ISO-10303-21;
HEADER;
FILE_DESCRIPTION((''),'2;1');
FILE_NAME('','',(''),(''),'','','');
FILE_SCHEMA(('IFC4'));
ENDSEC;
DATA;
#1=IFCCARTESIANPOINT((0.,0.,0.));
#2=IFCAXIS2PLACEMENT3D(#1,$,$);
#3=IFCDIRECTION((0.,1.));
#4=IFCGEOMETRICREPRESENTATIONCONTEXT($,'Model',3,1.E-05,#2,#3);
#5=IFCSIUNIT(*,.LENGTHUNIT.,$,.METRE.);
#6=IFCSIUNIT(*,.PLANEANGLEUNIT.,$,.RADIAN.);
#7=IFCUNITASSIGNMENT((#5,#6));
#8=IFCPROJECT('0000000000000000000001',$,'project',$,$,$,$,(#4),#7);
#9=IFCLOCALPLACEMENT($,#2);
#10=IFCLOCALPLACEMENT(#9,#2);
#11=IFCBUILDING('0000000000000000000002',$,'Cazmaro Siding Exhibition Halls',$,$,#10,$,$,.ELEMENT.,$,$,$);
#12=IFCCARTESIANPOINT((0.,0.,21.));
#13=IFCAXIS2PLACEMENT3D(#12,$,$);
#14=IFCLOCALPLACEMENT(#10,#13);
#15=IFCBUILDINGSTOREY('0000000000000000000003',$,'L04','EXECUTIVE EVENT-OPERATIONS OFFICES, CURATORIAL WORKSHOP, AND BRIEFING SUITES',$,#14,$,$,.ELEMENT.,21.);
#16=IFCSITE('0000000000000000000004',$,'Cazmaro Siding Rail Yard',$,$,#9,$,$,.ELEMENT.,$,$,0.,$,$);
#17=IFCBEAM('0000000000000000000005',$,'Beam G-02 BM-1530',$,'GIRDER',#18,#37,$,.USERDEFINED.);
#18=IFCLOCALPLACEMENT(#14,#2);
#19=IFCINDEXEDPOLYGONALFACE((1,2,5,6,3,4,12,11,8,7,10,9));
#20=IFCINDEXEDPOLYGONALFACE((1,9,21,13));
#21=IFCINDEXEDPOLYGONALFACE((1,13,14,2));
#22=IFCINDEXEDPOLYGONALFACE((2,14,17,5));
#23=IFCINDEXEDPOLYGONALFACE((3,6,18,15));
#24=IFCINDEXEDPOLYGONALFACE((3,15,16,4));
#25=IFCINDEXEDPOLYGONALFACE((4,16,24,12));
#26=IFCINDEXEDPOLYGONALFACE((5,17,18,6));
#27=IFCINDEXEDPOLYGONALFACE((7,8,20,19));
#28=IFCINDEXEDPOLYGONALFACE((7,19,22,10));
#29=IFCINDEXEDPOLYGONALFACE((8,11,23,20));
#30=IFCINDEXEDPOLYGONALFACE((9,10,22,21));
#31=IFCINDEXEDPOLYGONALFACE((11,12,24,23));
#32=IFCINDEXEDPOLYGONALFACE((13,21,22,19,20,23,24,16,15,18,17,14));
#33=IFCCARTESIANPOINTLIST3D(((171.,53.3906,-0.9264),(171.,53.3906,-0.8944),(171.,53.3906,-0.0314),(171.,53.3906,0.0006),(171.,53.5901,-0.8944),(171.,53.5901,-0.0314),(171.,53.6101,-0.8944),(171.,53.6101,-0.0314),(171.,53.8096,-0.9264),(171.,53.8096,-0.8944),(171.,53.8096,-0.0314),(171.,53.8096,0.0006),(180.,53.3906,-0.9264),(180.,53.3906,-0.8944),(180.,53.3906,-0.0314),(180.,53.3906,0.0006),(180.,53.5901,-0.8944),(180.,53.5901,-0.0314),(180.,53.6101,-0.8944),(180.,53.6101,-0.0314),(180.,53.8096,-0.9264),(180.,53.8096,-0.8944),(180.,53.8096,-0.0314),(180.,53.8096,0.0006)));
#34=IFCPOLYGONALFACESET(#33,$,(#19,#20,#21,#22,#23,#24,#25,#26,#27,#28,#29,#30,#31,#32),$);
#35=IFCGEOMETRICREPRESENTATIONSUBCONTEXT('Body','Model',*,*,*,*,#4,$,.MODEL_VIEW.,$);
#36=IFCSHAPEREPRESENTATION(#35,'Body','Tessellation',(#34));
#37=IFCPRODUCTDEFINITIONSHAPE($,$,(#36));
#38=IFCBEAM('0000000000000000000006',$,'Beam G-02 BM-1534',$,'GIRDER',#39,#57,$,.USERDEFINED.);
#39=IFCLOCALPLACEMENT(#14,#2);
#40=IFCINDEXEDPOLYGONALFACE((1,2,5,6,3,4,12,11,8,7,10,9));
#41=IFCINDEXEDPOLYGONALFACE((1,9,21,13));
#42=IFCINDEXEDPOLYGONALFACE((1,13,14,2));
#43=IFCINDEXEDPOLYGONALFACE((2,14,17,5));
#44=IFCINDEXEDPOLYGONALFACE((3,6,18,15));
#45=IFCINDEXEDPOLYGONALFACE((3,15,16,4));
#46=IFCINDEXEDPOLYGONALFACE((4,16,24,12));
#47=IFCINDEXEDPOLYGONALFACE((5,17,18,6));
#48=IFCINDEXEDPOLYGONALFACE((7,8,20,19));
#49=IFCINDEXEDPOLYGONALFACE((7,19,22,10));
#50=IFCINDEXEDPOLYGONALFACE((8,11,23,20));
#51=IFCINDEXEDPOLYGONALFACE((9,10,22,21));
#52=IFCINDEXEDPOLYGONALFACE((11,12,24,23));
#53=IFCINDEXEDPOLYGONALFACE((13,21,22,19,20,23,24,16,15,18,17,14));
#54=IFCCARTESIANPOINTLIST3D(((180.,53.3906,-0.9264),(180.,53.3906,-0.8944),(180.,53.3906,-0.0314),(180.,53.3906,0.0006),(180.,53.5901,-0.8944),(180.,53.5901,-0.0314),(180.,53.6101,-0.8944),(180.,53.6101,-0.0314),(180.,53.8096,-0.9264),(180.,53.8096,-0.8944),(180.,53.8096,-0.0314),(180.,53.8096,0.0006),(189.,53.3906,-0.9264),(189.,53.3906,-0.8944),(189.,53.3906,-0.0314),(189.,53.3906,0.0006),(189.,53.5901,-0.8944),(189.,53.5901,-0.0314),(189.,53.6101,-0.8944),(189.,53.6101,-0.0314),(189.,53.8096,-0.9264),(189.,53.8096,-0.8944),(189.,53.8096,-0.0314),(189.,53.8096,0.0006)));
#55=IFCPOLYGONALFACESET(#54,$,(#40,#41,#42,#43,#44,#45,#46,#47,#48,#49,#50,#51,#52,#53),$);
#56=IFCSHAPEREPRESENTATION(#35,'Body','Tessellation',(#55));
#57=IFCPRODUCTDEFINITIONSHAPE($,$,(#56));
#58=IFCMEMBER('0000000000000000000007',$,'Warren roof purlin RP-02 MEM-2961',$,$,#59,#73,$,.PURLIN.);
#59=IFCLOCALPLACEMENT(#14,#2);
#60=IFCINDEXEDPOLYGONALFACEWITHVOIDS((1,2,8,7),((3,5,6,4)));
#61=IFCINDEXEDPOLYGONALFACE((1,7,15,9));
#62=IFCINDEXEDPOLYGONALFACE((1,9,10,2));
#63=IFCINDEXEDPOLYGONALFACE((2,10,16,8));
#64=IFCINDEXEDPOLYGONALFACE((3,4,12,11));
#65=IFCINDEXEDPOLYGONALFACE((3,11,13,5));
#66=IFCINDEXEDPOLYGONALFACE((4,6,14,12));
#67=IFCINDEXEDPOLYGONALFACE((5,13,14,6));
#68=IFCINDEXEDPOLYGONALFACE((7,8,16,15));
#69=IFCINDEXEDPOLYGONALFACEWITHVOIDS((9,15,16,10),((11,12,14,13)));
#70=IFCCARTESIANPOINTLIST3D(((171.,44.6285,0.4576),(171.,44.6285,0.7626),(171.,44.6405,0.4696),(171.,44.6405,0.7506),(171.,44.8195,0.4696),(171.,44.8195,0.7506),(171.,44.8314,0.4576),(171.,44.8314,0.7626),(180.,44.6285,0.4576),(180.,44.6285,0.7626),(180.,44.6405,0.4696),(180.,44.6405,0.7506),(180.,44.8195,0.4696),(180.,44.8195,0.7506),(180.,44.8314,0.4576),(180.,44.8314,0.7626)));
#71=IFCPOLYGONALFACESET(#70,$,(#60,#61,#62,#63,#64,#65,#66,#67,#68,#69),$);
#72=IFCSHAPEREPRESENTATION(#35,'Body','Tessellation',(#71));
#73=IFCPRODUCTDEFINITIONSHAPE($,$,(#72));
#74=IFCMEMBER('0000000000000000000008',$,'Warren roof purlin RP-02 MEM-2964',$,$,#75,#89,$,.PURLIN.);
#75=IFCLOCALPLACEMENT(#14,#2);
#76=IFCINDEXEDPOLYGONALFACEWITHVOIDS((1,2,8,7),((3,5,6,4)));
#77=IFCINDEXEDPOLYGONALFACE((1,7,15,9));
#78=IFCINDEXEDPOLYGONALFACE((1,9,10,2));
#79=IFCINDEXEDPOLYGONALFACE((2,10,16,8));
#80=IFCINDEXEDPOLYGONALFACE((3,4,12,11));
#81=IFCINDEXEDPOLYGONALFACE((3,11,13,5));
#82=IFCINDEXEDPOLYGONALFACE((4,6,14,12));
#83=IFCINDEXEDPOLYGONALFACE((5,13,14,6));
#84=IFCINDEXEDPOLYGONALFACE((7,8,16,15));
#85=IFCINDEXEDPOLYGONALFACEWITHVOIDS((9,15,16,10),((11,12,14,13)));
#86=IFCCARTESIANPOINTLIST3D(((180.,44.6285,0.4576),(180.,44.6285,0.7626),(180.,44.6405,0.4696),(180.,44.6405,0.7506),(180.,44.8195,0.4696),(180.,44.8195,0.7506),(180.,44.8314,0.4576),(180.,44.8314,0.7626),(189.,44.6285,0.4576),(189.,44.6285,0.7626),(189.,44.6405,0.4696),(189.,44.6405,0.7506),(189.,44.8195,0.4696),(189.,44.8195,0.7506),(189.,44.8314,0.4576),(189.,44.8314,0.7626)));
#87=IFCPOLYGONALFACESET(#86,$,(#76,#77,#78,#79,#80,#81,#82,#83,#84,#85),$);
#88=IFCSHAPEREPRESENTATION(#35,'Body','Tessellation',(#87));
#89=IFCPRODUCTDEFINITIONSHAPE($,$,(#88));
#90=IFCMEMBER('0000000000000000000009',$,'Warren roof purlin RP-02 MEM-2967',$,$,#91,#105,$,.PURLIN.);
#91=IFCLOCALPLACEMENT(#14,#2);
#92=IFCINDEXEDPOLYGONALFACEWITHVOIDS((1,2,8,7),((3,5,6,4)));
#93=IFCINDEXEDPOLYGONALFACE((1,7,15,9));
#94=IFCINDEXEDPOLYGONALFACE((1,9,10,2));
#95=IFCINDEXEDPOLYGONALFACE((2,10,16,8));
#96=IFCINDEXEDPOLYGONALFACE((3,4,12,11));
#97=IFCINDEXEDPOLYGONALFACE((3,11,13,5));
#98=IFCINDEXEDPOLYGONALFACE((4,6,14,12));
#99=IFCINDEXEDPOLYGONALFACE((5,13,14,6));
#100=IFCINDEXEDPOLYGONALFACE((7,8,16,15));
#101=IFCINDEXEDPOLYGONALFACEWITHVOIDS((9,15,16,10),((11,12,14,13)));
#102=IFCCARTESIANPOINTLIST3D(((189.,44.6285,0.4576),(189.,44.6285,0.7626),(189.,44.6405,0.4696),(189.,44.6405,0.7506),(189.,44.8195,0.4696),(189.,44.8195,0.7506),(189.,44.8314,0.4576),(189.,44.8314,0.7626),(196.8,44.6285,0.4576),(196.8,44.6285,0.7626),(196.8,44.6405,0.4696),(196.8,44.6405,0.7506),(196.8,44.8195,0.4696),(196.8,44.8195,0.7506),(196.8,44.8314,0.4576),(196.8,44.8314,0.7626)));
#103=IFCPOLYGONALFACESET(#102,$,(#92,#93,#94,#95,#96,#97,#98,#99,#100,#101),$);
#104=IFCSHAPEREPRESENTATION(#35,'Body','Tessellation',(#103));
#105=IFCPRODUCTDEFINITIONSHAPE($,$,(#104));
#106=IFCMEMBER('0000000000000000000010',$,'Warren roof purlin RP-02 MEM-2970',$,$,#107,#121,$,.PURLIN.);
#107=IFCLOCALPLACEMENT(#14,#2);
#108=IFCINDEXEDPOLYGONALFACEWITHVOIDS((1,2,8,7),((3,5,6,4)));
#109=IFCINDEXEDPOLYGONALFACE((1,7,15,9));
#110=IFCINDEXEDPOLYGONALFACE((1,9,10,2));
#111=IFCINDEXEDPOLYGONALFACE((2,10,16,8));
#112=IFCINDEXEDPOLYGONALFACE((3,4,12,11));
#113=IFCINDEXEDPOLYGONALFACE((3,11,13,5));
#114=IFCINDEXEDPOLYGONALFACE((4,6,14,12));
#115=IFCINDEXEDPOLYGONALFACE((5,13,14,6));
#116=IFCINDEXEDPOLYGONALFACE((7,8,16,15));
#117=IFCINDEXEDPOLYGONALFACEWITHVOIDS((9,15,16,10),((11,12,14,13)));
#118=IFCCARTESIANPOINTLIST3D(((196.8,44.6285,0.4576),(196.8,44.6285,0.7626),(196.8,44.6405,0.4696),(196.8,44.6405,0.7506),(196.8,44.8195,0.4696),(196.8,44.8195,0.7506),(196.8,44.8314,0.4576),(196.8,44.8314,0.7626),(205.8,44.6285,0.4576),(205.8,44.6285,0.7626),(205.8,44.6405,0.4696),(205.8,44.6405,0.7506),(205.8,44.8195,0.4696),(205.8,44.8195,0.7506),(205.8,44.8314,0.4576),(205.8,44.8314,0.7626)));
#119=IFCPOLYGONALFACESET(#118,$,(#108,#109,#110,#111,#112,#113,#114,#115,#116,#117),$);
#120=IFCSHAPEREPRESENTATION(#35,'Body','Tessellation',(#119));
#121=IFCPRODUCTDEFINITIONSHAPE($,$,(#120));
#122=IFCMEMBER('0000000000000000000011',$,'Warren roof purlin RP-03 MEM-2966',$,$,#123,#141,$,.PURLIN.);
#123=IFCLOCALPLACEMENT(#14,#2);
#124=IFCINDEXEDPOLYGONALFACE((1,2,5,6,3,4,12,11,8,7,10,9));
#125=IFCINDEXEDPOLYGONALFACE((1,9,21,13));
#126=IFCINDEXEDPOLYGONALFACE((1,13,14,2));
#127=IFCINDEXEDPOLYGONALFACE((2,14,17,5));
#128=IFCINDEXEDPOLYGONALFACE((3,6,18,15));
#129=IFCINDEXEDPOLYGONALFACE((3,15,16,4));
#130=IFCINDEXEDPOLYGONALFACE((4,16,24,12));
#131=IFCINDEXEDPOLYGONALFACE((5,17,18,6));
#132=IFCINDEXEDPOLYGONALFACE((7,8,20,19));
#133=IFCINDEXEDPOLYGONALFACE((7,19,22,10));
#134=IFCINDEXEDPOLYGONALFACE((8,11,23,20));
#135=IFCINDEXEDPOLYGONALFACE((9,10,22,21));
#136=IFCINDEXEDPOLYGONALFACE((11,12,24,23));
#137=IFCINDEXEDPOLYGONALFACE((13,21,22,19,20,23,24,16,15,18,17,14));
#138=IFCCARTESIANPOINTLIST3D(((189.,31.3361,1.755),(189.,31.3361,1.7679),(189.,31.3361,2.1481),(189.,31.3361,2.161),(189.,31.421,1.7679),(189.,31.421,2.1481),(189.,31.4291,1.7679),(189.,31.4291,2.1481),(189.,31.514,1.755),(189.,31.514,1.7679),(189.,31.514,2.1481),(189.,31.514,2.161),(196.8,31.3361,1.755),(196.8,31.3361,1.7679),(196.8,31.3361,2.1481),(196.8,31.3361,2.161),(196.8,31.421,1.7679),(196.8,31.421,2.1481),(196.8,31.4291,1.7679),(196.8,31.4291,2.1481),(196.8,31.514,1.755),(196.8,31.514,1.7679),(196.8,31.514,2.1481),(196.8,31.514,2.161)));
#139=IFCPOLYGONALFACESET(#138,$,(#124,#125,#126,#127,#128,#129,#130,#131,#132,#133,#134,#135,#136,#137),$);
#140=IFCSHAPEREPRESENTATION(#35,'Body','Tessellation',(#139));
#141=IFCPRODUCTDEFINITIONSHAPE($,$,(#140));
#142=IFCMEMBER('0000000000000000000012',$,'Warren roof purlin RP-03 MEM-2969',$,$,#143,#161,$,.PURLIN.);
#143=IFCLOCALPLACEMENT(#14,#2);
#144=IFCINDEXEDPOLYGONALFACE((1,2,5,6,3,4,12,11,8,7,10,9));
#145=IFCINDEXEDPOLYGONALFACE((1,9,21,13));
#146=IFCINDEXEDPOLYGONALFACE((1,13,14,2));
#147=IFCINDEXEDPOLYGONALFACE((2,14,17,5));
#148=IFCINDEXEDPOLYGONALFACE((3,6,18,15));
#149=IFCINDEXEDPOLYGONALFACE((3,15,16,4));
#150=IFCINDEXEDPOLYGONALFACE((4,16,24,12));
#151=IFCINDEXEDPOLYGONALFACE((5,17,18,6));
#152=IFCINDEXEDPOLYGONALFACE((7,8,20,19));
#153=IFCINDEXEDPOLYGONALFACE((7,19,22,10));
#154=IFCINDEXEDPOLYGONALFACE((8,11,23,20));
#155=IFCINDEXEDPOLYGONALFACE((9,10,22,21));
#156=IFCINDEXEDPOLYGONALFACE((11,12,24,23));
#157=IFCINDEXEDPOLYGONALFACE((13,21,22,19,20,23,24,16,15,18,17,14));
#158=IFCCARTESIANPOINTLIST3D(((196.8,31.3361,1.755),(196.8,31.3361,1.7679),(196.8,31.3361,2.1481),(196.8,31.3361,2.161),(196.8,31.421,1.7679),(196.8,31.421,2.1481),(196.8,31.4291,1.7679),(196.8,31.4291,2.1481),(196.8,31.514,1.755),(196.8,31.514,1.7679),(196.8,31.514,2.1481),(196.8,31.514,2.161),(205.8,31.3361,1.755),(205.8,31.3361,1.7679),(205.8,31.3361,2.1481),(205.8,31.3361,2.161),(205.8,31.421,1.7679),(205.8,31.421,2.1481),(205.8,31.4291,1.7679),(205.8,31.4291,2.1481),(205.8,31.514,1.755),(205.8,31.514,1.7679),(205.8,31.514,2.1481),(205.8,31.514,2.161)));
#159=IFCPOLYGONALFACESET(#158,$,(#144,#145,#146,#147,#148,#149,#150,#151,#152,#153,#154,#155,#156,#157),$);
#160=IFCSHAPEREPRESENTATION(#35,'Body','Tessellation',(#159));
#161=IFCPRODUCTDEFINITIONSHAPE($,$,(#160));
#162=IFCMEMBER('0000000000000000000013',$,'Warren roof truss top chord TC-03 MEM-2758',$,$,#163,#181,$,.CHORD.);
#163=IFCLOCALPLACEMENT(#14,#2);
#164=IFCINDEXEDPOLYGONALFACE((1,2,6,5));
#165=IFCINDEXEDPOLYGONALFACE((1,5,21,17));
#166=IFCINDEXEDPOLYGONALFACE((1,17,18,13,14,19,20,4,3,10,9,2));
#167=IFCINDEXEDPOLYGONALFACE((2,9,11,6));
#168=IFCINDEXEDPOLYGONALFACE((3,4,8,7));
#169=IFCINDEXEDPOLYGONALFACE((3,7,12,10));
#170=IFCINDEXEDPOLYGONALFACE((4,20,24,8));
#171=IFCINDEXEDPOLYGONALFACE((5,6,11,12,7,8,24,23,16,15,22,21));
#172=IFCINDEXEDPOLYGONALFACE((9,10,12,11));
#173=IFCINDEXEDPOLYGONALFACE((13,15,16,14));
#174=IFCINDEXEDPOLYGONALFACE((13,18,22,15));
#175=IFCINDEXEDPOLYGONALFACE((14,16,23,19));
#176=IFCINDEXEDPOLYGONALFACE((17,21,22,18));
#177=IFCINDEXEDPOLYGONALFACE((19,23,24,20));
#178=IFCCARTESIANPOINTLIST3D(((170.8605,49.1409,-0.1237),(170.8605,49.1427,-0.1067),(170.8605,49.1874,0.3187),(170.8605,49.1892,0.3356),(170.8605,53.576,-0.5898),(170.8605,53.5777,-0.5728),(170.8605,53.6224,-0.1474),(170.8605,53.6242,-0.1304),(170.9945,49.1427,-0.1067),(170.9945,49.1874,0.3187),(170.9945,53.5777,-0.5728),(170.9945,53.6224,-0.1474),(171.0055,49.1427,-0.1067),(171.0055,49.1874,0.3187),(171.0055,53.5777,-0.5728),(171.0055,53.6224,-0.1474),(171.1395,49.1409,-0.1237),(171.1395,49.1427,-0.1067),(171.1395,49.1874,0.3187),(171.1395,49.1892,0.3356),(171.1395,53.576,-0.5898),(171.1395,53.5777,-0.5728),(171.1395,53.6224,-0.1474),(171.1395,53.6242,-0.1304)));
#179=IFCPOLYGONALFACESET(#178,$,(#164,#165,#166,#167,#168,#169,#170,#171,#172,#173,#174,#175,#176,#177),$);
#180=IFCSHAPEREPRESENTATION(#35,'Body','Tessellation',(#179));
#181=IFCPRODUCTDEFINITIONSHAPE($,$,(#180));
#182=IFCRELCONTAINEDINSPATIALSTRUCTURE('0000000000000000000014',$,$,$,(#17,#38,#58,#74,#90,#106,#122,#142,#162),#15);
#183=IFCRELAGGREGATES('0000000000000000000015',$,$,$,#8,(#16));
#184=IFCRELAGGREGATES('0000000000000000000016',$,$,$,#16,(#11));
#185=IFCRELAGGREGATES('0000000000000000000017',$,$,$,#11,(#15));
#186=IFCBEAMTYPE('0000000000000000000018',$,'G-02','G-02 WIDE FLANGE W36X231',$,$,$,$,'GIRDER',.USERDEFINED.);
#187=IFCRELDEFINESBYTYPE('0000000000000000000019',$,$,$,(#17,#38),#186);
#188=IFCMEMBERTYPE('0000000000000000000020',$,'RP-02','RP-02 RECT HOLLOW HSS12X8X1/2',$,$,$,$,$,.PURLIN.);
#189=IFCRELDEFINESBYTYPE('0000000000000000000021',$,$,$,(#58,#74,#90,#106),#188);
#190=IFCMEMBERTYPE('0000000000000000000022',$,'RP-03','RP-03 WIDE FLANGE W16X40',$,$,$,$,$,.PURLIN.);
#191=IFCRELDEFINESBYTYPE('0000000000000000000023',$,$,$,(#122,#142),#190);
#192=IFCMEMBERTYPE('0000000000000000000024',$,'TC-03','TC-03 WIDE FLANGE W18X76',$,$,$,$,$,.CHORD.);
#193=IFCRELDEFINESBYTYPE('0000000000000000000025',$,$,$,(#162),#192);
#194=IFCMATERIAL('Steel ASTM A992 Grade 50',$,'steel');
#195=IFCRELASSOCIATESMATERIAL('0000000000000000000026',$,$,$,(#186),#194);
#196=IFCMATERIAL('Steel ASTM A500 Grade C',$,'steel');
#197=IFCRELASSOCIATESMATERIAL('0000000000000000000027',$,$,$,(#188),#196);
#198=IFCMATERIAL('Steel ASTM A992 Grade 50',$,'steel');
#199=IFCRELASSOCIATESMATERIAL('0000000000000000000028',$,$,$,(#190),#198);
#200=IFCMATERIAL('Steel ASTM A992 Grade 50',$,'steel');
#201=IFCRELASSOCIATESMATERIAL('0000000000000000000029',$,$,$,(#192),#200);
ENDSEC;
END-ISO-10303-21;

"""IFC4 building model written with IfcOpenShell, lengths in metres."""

from ifc_helpers import new_model, si_unit, direction, frame, origin, origin_2d, place, context, subcontext, project, spatial, hollow_rectangle, i_section, extrude, material, material_profile, profile_set, type_object, element, save


model = new_model("IFC4")

# Units and contexts
model_context = context("Model", 3, precision=1e-05, world=origin(), true_north=direction((0.0, 1.0)))
body_context = subcontext(model_context, "Body", "Model", "MODEL_VIEW")
ifc_project = project(units=[si_unit("LENGTHUNIT", "METRE"), si_unit("PLANEANGLEUNIT", "RADIAN")], contexts=[model_context])

# Site, building, storey
site_placement = place(None, origin())
site = spatial("IfcSite", under=ifc_project, at=site_placement, Name="Cazmaro Siding Rail Yard", CompositionType="ELEMENT", RefElevation=0.0)
building_placement = place(site_placement, origin())
building = spatial("IfcBuilding", under=site, at=building_placement, Name="Cazmaro Siding Exhibition Halls", CompositionType="ELEMENT")
storey_placement = place(building_placement, frame((0.0, 0.0, 21.0)))
storey = spatial("IfcBuildingStorey", under=building, at=storey_placement, Name="L04", Description="EXECUTIVE EVENT-OPERATIONS OFFICES, CURATORIAL WORKSHOP, AND BRIEFING SUITES", CompositionType="ELEMENT", Elevation=21.0)

# Beams
ifc_material_1 = material(Name="Steel ASTM A992 Grade 50", Category="steel")
ifc_material_profile_1 = material_profile(ifc_material_1, i_section(OverallWidth=0.4189, OverallDepth=0.927, WebThickness=0.02, FlangeThickness=0.032, at=origin_2d()), Name="W36X231")
ifc_profile_set_1 = profile_set([ifc_material_profile_1], Name="Steel ASTM A992 Grade 50")
beam_type = type_object("IfcBeamType", Name="G-02", Description="G-02 WIDE FLANGE W36X231", ElementType="GIRDER", PredefinedType="USERDEFINED", material=ifc_profile_set_1)
for number, where, z_axis, x_axis, name in (
    (1, (171.0, 53.6001, -0.4629), (1.0, 0.0, 0.0), (0.0, 1.0, 0.0), "Beam G-02 BM-1530"),
    (2, (180.0, 53.6001, -0.4629), (1.0, 0.0, 0.0), (0.0, 1.0, 0.0), "Beam G-02 BM-1534"),
):
    element("IfcBeam", number, at=place(storey_placement, frame(where, z_axis=z_axis, x_axis=x_axis)), inside=storey, type_object=beam_type, Name=name, ObjectType="GIRDER", PredefinedType="USERDEFINED", context=body_context, shape_type="SweptSolid", body=[
        extrude(i_section(OverallWidth=0.4189, OverallDepth=0.927, WebThickness=0.02, FlangeThickness=0.032, at=origin_2d()), origin(), (0.0, 0.0, 1.0), 9.0),
    ])

# Members
ifc_material_2 = material(Name="Steel ASTM A500 Grade C", Category="steel")
ifc_material_profile_2 = material_profile(ifc_material_2, hollow_rectangle(XDim=0.2029, YDim=0.3049, WallThickness=0.012, at=origin_2d()), Name="HSS12X8X1/2")
ifc_profile_set_2 = profile_set([ifc_material_profile_2], Name="Steel ASTM A500 Grade C")
member_type_1 = type_object("IfcMemberType", Name="RP-02", Description="RP-02 RECT HOLLOW HSS12X8X1/2", PredefinedType="PURLIN", material=ifc_profile_set_2)
for number, where, z_axis, x_axis, name in (
    (3, (171.0, 44.73, 0.6101), (1.0, 0.0, 0.0), (0.0, 1.0, 0.0), "Warren roof purlin RP-02 MEM-2961"),
    (4, (180.0, 44.73, 0.6101), (1.0, 0.0, 0.0), (0.0, 1.0, 0.0), "Warren roof purlin RP-02 MEM-2964"),
):
    element("IfcMember", number, at=place(storey_placement, frame(where, z_axis=z_axis, x_axis=x_axis)), inside=storey, type_object=member_type_1, Name=name, PredefinedType="PURLIN", context=body_context, shape_type="SweptSolid", body=[
        extrude(hollow_rectangle(XDim=0.2029, YDim=0.3049, WallThickness=0.012, at=origin_2d()), origin(), (0.0, 0.0, 1.0), 9.0),
    ])
member_1_placement = place(storey_placement, frame((189.0, 44.73, 0.6101), z_axis=(1.0, 0.0, 0.0), x_axis=(0.0, 1.0, 0.0)))
element("IfcMember", 5, at=member_1_placement, inside=storey, type_object=member_type_1, Name="Warren roof purlin RP-02 MEM-2967", PredefinedType="PURLIN", context=body_context, shape_type="SweptSolid", body=[
    extrude(hollow_rectangle(XDim=0.2029, YDim=0.3049, WallThickness=0.012, at=origin_2d()), origin(), (0.0, 0.0, 1.0), 7.8),
])
member_2_placement = place(storey_placement, frame((196.8, 44.73, 0.6101), z_axis=(1.0, 0.0, 0.0), x_axis=(0.0, 1.0, 0.0)))
element("IfcMember", 6, at=member_2_placement, inside=storey, type_object=member_type_1, Name="Warren roof purlin RP-02 MEM-2970", PredefinedType="PURLIN", context=body_context, shape_type="SweptSolid", body=[
    extrude(hollow_rectangle(XDim=0.2029, YDim=0.3049, WallThickness=0.012, at=origin_2d()), origin(), (0.0, 0.0, 1.0), 9.0),
])
ifc_material_3 = material(Name="Steel ASTM A992 Grade 50", Category="steel")
ifc_material_profile_3 = material_profile(ifc_material_3, i_section(OverallWidth=0.178, OverallDepth=0.406, WebThickness=0.0081, FlangeThickness=0.0129, at=origin_2d()), Name="W16X40")
ifc_profile_set_3 = profile_set([ifc_material_profile_3], Name="Steel ASTM A992 Grade 50")
member_type_2 = type_object("IfcMemberType", Name="RP-03", Description="RP-03 WIDE FLANGE W16X40", PredefinedType="PURLIN", material=ifc_profile_set_3)
member_3_placement = place(storey_placement, frame((189.0, 31.425, 1.958), z_axis=(1.0, 0.0, 0.0), x_axis=(0.0, 1.0, 0.0)))
element("IfcMember", 7, at=member_3_placement, inside=storey, type_object=member_type_2, Name="Warren roof purlin RP-03 MEM-2966", PredefinedType="PURLIN", context=body_context, shape_type="SweptSolid", body=[
    extrude(i_section(OverallWidth=0.178, OverallDepth=0.406, WebThickness=0.0081, FlangeThickness=0.0129, at=origin_2d()), origin(), (0.0, 0.0, 1.0), 7.8),
])
member_4_placement = place(storey_placement, frame((196.8, 31.425, 1.958), z_axis=(1.0, 0.0, 0.0), x_axis=(0.0, 1.0, 0.0)))
element("IfcMember", 8, at=member_4_placement, inside=storey, type_object=member_type_2, Name="Warren roof purlin RP-03 MEM-2969", PredefinedType="PURLIN", context=body_context, shape_type="SweptSolid", body=[
    extrude(i_section(OverallWidth=0.178, OverallDepth=0.406, WebThickness=0.0081, FlangeThickness=0.0129, at=origin_2d()), origin(), (0.0, 0.0, 1.0), 9.0),
])
ifc_material_4 = material(Name="Steel ASTM A992 Grade 50", Category="steel")
ifc_material_profile_4 = material_profile(ifc_material_4, i_section(OverallWidth=0.2791, OverallDepth=0.4619, WebThickness=0.011, FlangeThickness=0.0171, at=origin_2d()), Name="W18X76")
ifc_profile_set_4 = profile_set([ifc_material_profile_4], Name="Steel ASTM A992 Grade 50")
member_type_3 = type_object("IfcMemberType", Name="TC-03", Description="TC-03 WIDE FLANGE W18X76", PredefinedType="CHORD", material=ifc_profile_set_4)
member_5_placement = place(storey_placement, frame((171.0, 49.165, 0.106), z_axis=(0.0, 0.994524, -0.104511), x_axis=(-1.0, 0.0, 0.0)))
element("IfcMember", 9, at=member_5_placement, inside=storey, type_object=member_type_3, Name="Warren roof truss top chord TC-03 MEM-2758", PredefinedType="CHORD", context=body_context, shape_type="SweptSolid", body=[
    extrude(i_section(OverallWidth=0.2791, OverallDepth=0.4619, WebThickness=0.011, FlangeThickness=0.0171, at=origin_2d()), origin(), (0.0, 0.0, 1.0), 4.4595),
])

save(model, "model.ifc")
